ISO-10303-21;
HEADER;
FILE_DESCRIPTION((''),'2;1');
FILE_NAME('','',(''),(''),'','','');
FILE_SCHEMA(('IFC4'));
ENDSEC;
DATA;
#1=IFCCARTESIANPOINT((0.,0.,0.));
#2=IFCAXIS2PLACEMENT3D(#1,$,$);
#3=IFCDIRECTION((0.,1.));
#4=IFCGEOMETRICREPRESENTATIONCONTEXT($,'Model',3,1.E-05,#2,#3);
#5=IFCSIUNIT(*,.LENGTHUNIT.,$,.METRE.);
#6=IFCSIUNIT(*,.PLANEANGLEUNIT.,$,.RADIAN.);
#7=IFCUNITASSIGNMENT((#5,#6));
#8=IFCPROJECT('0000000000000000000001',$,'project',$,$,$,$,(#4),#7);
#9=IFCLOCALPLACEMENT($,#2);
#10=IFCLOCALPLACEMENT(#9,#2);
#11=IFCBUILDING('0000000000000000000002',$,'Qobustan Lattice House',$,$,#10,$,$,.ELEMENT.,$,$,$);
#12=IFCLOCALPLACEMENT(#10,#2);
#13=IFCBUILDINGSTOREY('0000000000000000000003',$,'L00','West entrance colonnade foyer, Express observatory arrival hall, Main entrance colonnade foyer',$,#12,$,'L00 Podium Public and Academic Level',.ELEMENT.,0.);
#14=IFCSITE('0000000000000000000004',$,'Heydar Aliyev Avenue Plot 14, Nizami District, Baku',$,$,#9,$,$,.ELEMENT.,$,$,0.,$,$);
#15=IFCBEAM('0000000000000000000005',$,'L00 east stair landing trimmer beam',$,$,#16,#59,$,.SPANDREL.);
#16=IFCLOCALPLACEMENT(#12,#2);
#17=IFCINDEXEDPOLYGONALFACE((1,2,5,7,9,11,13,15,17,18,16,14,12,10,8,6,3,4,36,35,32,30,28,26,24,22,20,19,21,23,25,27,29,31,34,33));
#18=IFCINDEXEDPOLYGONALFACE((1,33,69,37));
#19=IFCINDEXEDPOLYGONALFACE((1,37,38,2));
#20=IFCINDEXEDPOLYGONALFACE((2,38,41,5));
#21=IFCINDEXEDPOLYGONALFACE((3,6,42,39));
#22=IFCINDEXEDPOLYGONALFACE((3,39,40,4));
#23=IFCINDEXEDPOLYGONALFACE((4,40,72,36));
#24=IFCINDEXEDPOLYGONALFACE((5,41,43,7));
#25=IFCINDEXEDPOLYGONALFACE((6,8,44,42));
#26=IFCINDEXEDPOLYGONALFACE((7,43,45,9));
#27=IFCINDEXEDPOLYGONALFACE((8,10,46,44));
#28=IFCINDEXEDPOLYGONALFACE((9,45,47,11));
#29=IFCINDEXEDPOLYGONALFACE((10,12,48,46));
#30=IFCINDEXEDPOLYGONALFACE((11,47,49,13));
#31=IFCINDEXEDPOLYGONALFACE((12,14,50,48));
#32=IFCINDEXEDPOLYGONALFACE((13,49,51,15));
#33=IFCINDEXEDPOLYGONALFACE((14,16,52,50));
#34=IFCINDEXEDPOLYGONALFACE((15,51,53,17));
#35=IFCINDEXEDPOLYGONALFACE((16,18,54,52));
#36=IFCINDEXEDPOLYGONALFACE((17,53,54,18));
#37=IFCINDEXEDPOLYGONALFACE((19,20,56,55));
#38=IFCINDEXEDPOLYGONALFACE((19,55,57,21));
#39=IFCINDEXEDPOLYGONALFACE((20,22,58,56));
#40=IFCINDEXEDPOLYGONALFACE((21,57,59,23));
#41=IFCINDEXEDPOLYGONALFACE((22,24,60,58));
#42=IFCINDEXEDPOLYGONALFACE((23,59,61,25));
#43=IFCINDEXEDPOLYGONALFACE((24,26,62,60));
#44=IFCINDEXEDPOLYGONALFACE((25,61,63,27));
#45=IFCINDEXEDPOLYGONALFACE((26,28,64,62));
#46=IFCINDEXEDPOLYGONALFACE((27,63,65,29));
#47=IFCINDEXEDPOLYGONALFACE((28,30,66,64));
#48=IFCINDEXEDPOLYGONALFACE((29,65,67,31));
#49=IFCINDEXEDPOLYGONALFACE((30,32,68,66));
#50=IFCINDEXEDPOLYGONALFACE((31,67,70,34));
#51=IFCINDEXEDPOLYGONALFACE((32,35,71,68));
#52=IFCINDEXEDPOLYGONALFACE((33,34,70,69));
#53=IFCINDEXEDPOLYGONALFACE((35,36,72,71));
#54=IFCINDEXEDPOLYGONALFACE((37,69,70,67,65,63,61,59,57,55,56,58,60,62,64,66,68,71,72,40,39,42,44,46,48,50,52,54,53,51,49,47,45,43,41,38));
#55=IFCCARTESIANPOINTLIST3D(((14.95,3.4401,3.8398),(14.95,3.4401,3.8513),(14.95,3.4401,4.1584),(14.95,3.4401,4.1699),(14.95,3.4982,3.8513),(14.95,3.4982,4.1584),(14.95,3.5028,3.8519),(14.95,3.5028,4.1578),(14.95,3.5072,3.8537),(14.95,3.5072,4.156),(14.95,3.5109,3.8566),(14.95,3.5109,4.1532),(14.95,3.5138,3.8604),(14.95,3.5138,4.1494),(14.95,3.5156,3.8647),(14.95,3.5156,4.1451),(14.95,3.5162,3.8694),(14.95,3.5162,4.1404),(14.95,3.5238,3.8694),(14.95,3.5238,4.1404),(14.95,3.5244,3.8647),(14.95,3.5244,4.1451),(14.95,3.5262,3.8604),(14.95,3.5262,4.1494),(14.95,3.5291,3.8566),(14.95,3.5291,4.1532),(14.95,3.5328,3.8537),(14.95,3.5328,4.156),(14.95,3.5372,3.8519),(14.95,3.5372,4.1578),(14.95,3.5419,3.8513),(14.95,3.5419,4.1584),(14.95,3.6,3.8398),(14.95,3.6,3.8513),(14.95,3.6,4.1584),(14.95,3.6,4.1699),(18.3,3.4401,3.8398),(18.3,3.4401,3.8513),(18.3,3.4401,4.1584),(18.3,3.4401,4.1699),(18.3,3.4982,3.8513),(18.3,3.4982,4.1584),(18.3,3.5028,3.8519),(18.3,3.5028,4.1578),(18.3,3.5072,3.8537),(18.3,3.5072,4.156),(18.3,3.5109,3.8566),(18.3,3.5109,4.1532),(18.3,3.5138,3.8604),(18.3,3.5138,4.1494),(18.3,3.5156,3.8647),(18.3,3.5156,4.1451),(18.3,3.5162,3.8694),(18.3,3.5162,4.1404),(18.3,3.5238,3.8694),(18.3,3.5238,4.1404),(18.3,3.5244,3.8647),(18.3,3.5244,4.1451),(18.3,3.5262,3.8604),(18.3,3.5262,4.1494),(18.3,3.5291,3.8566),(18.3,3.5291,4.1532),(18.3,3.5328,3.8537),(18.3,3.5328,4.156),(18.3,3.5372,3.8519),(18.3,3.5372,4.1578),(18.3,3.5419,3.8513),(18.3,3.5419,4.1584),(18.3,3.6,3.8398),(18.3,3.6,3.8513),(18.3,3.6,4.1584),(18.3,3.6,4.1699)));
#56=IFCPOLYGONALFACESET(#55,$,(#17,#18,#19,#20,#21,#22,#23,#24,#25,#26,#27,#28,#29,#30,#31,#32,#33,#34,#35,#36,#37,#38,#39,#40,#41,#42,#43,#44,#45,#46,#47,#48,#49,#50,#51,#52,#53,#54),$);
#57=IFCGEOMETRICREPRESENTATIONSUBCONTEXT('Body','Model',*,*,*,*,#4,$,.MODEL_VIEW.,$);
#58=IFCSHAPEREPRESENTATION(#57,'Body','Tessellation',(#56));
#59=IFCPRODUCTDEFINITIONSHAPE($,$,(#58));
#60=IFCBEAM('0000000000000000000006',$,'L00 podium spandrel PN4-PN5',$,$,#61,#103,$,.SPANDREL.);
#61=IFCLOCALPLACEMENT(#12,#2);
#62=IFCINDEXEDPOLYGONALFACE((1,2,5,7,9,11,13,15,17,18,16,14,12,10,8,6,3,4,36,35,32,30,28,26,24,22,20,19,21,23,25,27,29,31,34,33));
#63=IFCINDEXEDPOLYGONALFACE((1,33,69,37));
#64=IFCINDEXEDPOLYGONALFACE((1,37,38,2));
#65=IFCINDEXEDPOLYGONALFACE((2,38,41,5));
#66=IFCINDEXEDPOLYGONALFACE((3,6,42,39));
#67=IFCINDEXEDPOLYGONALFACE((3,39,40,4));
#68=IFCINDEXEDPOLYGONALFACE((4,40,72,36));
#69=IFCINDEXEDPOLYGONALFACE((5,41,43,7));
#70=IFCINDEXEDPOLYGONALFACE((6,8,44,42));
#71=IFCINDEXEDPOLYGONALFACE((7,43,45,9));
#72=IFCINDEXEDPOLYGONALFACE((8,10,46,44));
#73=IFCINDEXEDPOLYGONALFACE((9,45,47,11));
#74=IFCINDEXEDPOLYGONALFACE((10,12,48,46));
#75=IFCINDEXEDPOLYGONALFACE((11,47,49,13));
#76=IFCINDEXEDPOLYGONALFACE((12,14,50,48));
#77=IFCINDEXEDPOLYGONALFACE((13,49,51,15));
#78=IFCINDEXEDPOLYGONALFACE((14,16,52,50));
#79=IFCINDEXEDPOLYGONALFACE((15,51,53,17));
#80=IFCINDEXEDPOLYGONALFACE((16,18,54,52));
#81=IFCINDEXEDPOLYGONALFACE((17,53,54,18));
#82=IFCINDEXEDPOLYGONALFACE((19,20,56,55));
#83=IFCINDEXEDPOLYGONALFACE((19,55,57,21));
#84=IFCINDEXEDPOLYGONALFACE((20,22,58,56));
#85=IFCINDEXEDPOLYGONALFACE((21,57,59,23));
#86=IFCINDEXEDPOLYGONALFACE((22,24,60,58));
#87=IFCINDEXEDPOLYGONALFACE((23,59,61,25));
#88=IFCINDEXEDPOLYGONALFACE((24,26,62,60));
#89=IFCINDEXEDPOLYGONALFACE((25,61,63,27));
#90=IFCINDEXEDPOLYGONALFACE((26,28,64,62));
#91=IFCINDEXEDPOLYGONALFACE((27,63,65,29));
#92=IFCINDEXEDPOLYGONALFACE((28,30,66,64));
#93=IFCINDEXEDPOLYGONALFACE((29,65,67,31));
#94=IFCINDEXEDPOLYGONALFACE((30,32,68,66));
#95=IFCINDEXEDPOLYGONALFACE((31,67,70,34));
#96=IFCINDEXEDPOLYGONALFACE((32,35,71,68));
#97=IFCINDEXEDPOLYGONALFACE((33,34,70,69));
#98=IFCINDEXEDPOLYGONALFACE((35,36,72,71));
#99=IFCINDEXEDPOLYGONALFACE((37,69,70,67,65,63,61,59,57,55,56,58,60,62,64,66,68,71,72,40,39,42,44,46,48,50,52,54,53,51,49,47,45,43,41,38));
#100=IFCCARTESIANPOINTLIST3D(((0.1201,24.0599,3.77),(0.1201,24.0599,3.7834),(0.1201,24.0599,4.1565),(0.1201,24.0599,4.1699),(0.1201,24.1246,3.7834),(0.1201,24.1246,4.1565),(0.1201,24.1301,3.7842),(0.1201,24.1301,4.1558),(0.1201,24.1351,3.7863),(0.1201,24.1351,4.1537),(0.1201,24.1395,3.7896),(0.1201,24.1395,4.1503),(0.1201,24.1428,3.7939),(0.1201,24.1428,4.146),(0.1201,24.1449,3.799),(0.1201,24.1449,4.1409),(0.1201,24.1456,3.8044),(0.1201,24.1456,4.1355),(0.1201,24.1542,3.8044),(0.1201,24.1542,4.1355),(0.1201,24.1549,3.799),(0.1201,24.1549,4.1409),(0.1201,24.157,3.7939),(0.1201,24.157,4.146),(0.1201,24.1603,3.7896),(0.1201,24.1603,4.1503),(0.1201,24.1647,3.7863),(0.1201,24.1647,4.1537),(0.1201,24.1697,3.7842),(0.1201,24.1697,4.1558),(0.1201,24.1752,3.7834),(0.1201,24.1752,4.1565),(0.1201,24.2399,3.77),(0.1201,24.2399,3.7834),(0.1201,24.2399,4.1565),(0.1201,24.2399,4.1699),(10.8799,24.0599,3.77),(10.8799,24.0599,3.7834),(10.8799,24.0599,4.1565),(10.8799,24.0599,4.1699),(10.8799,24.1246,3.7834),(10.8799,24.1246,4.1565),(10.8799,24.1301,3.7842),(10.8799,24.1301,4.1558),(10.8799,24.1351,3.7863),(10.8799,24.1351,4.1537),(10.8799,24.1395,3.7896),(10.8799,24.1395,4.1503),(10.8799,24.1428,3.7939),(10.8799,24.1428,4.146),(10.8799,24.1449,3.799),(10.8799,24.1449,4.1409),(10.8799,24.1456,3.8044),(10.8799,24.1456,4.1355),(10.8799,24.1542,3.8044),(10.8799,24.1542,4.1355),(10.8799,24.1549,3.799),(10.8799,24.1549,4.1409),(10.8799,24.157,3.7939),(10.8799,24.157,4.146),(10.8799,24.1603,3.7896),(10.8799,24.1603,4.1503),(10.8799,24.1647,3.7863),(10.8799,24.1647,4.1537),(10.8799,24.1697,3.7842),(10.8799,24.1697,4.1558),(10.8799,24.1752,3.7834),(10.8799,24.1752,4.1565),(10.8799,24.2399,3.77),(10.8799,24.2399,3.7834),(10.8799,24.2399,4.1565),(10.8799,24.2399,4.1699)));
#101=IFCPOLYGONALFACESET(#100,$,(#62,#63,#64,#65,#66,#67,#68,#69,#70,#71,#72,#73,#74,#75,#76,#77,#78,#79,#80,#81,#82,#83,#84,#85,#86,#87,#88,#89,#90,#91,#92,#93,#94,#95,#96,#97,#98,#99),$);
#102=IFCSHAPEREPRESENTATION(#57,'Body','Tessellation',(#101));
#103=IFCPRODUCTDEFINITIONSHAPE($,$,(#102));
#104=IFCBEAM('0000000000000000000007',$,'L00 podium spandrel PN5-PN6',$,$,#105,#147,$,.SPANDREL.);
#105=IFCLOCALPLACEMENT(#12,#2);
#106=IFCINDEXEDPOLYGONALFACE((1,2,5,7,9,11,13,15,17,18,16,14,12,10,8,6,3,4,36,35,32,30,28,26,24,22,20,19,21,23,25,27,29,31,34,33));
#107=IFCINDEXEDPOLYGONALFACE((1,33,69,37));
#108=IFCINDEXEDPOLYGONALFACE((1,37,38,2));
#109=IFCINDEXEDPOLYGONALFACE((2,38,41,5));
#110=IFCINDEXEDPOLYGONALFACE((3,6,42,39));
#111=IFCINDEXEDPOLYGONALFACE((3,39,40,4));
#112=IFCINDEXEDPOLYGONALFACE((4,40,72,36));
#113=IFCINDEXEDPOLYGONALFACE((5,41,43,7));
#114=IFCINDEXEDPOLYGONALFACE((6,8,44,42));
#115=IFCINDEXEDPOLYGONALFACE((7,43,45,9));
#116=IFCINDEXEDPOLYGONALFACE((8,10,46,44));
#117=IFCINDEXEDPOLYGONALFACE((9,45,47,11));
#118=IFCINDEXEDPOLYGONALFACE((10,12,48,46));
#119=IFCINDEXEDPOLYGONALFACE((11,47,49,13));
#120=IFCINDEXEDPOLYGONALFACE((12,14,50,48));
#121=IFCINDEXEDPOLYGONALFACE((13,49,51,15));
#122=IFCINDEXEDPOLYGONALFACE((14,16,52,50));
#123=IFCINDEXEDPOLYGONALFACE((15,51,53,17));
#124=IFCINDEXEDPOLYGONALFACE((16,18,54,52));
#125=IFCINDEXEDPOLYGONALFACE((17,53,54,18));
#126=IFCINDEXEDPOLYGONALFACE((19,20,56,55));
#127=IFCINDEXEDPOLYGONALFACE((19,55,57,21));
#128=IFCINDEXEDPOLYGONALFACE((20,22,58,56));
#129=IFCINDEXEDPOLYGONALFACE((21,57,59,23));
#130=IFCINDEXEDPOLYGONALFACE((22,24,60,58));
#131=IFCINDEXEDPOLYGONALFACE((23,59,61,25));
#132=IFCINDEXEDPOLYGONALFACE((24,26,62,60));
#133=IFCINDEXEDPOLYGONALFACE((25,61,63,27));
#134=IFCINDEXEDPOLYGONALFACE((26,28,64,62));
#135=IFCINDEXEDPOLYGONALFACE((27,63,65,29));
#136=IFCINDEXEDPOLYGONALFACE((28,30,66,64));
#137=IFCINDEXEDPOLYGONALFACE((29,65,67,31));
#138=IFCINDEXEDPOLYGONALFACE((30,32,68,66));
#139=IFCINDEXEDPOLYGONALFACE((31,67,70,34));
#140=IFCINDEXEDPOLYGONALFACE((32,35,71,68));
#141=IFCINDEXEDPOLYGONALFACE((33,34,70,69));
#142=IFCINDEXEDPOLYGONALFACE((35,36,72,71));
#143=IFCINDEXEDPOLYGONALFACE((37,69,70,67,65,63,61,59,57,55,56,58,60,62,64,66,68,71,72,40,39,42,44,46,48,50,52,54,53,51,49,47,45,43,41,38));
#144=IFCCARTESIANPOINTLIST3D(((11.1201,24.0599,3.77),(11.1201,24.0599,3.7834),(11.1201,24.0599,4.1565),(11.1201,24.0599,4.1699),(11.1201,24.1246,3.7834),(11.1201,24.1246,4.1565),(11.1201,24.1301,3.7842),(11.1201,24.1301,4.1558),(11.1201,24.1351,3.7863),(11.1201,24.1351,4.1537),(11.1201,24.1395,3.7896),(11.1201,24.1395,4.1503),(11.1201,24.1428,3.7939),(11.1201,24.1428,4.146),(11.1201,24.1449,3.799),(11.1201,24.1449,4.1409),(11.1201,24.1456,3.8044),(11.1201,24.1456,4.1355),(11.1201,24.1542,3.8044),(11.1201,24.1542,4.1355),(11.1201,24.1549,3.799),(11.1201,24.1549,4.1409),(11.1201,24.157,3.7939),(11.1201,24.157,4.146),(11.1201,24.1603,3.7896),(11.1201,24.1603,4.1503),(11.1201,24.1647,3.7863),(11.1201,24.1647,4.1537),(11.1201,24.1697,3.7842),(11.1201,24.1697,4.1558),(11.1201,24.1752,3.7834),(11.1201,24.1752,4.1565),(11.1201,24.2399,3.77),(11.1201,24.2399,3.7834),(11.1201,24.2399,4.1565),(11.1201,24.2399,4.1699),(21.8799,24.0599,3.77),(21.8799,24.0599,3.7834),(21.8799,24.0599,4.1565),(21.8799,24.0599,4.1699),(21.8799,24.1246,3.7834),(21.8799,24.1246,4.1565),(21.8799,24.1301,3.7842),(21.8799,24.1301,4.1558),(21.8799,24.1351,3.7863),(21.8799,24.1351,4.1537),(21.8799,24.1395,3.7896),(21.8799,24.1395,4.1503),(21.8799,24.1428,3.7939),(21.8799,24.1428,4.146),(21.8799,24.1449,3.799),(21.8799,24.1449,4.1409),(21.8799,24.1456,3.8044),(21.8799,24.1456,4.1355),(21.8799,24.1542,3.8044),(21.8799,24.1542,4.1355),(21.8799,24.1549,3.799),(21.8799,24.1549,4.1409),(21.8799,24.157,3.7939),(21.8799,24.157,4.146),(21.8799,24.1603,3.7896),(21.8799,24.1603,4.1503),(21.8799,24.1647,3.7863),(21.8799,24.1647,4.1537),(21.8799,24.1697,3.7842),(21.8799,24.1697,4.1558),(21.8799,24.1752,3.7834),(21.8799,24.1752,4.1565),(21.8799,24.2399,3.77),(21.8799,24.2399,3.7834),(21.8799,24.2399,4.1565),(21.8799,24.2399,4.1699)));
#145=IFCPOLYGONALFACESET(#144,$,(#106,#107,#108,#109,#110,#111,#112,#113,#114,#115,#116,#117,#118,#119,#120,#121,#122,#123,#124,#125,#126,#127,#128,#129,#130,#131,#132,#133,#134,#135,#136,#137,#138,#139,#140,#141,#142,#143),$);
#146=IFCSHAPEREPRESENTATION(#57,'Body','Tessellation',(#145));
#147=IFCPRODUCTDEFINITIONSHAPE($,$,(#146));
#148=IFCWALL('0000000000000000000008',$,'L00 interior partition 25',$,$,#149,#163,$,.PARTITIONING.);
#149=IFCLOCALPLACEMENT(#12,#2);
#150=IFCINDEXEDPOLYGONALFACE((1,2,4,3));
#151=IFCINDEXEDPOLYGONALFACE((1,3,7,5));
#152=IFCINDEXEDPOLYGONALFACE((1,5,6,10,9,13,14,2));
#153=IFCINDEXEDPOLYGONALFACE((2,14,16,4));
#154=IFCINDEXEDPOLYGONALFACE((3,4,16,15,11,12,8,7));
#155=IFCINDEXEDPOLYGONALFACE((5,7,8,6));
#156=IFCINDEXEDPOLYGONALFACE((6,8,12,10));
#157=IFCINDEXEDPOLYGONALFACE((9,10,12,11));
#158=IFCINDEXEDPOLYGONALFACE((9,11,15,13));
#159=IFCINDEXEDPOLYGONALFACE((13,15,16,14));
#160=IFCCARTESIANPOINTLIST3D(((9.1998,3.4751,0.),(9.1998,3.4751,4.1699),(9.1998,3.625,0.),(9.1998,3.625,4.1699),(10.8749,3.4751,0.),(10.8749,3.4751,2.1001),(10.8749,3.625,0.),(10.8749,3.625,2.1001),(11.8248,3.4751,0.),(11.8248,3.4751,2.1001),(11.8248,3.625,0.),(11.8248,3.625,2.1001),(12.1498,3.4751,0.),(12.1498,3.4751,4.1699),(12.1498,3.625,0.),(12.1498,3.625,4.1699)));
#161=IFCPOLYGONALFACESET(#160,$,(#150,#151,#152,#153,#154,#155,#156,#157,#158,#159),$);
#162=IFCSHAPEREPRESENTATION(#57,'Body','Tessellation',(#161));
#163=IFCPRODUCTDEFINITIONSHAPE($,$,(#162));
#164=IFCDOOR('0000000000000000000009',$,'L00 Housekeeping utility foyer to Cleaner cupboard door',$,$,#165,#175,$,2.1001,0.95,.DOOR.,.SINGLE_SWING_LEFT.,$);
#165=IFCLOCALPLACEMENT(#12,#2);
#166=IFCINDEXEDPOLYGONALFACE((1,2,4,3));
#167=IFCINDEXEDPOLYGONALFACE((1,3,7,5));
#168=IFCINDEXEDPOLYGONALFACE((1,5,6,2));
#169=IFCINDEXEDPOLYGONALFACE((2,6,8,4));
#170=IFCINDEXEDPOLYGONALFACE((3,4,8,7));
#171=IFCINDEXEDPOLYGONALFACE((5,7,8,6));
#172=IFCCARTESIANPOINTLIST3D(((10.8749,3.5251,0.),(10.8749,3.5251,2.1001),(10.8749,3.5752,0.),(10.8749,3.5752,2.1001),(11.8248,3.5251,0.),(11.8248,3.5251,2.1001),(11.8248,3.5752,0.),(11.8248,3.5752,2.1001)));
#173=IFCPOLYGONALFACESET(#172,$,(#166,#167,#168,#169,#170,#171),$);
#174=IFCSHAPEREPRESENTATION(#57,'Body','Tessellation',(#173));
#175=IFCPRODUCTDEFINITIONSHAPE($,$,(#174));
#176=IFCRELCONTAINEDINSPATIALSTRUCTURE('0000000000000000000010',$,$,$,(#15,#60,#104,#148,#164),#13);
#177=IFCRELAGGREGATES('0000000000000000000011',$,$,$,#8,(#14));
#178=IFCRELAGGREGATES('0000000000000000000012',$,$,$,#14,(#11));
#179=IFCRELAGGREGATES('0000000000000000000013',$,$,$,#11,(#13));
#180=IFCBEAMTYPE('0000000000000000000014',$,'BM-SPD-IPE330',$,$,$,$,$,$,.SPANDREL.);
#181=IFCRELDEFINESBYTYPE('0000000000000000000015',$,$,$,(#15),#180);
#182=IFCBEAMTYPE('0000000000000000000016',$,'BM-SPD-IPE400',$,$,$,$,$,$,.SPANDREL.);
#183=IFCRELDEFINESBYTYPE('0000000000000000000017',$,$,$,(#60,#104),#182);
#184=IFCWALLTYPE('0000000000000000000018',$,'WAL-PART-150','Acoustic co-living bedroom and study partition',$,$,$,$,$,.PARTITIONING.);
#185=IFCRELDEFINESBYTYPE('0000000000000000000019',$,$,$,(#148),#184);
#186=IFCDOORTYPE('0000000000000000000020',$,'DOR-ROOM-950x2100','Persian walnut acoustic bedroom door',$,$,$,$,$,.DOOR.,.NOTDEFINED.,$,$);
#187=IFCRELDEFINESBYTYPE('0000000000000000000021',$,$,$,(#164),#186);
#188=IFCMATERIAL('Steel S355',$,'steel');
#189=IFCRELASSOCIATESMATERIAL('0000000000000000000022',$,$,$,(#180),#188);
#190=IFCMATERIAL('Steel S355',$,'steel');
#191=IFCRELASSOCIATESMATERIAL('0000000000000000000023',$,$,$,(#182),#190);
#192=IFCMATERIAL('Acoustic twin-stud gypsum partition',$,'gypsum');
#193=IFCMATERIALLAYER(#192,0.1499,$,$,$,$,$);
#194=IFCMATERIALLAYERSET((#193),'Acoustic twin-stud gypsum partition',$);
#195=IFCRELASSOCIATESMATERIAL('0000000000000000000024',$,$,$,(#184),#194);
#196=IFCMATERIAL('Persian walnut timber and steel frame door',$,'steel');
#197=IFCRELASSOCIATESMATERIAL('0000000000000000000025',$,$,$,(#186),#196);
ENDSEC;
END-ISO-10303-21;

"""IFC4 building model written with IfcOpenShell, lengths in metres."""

from ifc_helpers import new_model, si_unit, direction, frame, frame_2d, origin, origin_2d, place, context, subcontext, project, spatial, rectangle, i_section, extrude, material, layer, layer_set, material_profile, profile_set, type_object, element, fill, save


model = new_model("IFC4")

# Units and contexts
model_context = context("Model", 3, precision=1e-05, world=origin(), true_north=direction((0.0, 1.0)))
body_context = subcontext(model_context, "Body", "Model", "MODEL_VIEW")
ifc_project = project(units=[si_unit("LENGTHUNIT", "METRE"), si_unit("PLANEANGLEUNIT", "RADIAN")], contexts=[model_context])

# Site, building, storey
site_placement = place(None, origin())
site = spatial("IfcSite", under=ifc_project, at=site_placement, Name="Heydar Aliyev Avenue Plot 14, Nizami District, Baku", CompositionType="ELEMENT", RefElevation=0.0)
building_placement = place(site_placement, origin())
building = spatial("IfcBuilding", under=site, at=building_placement, Name="Qobustan Lattice House", CompositionType="ELEMENT")
storey_placement = place(building_placement, origin())
storey = spatial("IfcBuildingStorey", under=building, at=storey_placement, Name="L00", Description="West entrance colonnade foyer, Express observatory arrival hall, Main entrance colonnade foyer", LongName="L00 Podium Public and Academic Level", CompositionType="ELEMENT", Elevation=0.0)

# Beams
ifc_material_1 = material(Name="Steel S355", Category="steel")
ifc_material_profile_1 = material_profile(ifc_material_1, i_section(OverallWidth=0.1599, OverallDepth=0.3301, WebThickness=0.0076, FlangeThickness=0.0115, FilletRadius=0.0181, at=origin_2d()), Name="IPE330")
ifc_profile_set_1 = profile_set([ifc_material_profile_1], Name="Steel S355")
beam_type_1 = type_object("IfcBeamType", Name="BM-SPD-IPE330", PredefinedType="SPANDREL", material=ifc_profile_set_1)
beam_1_placement = place(storey_placement, frame((14.95, 3.52, 4.0049), z_axis=(1.0, 0.0, 0.0), x_axis=(0.0, 1.0, 0.0)))
element("IfcBeam", 1, at=beam_1_placement, inside=storey, type_object=beam_type_1, Name="L00 east stair landing trimmer beam", PredefinedType="SPANDREL", context=body_context, shape_type="SweptSolid", body=[
    extrude(i_section(OverallWidth=0.1599, OverallDepth=0.3301, WebThickness=0.0076, FlangeThickness=0.0115, FilletRadius=0.0181, at=origin_2d()), origin(), (0.0, 0.0, 1.0), 3.3501),
])
ifc_material_2 = material(Name="Steel S355", Category="steel")
ifc_material_profile_2 = material_profile(ifc_material_2, i_section(OverallWidth=0.1799, OverallDepth=0.3999, WebThickness=0.0085, FlangeThickness=0.0134, FilletRadius=0.021, at=origin_2d()), Name="IPE400")
ifc_profile_set_2 = profile_set([ifc_material_profile_2], Name="Steel S355")
beam_type_2 = type_object("IfcBeamType", Name="BM-SPD-IPE400", PredefinedType="SPANDREL", material=ifc_profile_set_2)
for number, where, z_axis, x_axis, name in (
    (2, (0.1201, 24.1499, 3.97), (1.0, 0.0, 0.0), (0.0, 1.0, 0.0), "L00 podium spandrel PN4-PN5"),
    (3, (11.1201, 24.1499, 3.97), (1.0, 0.0, 0.0), (0.0, 1.0, 0.0), "L00 podium spandrel PN5-PN6"),
):
    element("IfcBeam", number, at=place(storey_placement, frame(where, z_axis=z_axis, x_axis=x_axis)), inside=storey, type_object=beam_type_2, Name=name, PredefinedType="SPANDREL", context=body_context, shape_type="SweptSolid", body=[
        extrude(i_section(OverallWidth=0.1799, OverallDepth=0.3999, WebThickness=0.0085, FlangeThickness=0.0134, FilletRadius=0.021, at=origin_2d()), origin(), (0.0, 0.0, 1.0), 10.7598),
    ])

# Wall, opening, door
ifc_material_3 = material(Name="Acoustic twin-stud gypsum partition", Category="gypsum")
ifc_layer_1 = layer(ifc_material_3, 0.1499)
ifc_layer_set_1 = layer_set([ifc_layer_1], Name="Acoustic twin-stud gypsum partition")
wall_type_1 = type_object("IfcWallType", Name="WAL-PART-150", Description="Acoustic co-living bedroom and study partition", PredefinedType="PARTITIONING", material=ifc_layer_set_1)
wall_1_placement = place(storey_placement, frame((12.1499, 3.55, 0.0), z_axis=(0.0, 0.0, 1.0), x_axis=(-1.0, 0.0, 0.0)))
wall_1 = element("IfcWall", 4, at=wall_1_placement, inside=storey, type_object=wall_type_1, Name="L00 interior partition 25", PredefinedType="PARTITIONING", context=body_context, shape_type="SweptSolid", body=[
    extrude(rectangle(XDim=2.95, YDim=0.1499, at=frame_2d((1.4751, 0.0))), origin(), (0.0, 0.0, 1.0), 4.1699),
])
opening_1_placement = place(wall_1_placement, frame((0.325, 0.0, 0.0)))
opening_1 = element("IfcOpeningElement", 5, at=opening_1_placement, cuts=wall_1, PredefinedType="OPENING", context=body_context, shape_type="SweptSolid", body=[
    extrude(rectangle(XDim=0.95, YDim=2.1001, at=frame_2d((0.4751, 1.05))), frame((0.0, 0.085, 0.0), z_axis=(0.0, -1.0, 0.0), x_axis=(1.0, 0.0, 0.0)), (0.0, 0.0, 1.0), 0.1699),
])
ifc_material_4 = material(Name="Persian walnut timber and steel frame door", Category="steel")
door_type_1 = type_object("IfcDoorType", Name="DOR-ROOM-950x2100", Description="Persian walnut acoustic bedroom door", OperationType="NOTDEFINED", PredefinedType="DOOR", material=ifc_material_4)
door_1_placement = place(opening_1_placement, origin())
door_1 = element("IfcDoor", 6, at=door_1_placement, inside=storey, type_object=door_type_1, Name="L00 Housekeeping utility foyer to Cleaner cupboard door", OperationType="SINGLE_SWING_LEFT", OverallHeight=2.1001, OverallWidth=0.95, PredefinedType="DOOR", context=body_context, shape_type="SweptSolid", body=[
    extrude(rectangle(XDim=0.95, YDim=2.1001, at=frame_2d((0.4751, 1.05))), frame((0.0, 0.0249, 0.0), z_axis=(0.0, -1.0, 0.0), x_axis=(1.0, 0.0, 0.0)), (0.0, 0.0, 1.0), 0.05),
])
fill(opening_1, door_1)

save(model, "model.ifc")
